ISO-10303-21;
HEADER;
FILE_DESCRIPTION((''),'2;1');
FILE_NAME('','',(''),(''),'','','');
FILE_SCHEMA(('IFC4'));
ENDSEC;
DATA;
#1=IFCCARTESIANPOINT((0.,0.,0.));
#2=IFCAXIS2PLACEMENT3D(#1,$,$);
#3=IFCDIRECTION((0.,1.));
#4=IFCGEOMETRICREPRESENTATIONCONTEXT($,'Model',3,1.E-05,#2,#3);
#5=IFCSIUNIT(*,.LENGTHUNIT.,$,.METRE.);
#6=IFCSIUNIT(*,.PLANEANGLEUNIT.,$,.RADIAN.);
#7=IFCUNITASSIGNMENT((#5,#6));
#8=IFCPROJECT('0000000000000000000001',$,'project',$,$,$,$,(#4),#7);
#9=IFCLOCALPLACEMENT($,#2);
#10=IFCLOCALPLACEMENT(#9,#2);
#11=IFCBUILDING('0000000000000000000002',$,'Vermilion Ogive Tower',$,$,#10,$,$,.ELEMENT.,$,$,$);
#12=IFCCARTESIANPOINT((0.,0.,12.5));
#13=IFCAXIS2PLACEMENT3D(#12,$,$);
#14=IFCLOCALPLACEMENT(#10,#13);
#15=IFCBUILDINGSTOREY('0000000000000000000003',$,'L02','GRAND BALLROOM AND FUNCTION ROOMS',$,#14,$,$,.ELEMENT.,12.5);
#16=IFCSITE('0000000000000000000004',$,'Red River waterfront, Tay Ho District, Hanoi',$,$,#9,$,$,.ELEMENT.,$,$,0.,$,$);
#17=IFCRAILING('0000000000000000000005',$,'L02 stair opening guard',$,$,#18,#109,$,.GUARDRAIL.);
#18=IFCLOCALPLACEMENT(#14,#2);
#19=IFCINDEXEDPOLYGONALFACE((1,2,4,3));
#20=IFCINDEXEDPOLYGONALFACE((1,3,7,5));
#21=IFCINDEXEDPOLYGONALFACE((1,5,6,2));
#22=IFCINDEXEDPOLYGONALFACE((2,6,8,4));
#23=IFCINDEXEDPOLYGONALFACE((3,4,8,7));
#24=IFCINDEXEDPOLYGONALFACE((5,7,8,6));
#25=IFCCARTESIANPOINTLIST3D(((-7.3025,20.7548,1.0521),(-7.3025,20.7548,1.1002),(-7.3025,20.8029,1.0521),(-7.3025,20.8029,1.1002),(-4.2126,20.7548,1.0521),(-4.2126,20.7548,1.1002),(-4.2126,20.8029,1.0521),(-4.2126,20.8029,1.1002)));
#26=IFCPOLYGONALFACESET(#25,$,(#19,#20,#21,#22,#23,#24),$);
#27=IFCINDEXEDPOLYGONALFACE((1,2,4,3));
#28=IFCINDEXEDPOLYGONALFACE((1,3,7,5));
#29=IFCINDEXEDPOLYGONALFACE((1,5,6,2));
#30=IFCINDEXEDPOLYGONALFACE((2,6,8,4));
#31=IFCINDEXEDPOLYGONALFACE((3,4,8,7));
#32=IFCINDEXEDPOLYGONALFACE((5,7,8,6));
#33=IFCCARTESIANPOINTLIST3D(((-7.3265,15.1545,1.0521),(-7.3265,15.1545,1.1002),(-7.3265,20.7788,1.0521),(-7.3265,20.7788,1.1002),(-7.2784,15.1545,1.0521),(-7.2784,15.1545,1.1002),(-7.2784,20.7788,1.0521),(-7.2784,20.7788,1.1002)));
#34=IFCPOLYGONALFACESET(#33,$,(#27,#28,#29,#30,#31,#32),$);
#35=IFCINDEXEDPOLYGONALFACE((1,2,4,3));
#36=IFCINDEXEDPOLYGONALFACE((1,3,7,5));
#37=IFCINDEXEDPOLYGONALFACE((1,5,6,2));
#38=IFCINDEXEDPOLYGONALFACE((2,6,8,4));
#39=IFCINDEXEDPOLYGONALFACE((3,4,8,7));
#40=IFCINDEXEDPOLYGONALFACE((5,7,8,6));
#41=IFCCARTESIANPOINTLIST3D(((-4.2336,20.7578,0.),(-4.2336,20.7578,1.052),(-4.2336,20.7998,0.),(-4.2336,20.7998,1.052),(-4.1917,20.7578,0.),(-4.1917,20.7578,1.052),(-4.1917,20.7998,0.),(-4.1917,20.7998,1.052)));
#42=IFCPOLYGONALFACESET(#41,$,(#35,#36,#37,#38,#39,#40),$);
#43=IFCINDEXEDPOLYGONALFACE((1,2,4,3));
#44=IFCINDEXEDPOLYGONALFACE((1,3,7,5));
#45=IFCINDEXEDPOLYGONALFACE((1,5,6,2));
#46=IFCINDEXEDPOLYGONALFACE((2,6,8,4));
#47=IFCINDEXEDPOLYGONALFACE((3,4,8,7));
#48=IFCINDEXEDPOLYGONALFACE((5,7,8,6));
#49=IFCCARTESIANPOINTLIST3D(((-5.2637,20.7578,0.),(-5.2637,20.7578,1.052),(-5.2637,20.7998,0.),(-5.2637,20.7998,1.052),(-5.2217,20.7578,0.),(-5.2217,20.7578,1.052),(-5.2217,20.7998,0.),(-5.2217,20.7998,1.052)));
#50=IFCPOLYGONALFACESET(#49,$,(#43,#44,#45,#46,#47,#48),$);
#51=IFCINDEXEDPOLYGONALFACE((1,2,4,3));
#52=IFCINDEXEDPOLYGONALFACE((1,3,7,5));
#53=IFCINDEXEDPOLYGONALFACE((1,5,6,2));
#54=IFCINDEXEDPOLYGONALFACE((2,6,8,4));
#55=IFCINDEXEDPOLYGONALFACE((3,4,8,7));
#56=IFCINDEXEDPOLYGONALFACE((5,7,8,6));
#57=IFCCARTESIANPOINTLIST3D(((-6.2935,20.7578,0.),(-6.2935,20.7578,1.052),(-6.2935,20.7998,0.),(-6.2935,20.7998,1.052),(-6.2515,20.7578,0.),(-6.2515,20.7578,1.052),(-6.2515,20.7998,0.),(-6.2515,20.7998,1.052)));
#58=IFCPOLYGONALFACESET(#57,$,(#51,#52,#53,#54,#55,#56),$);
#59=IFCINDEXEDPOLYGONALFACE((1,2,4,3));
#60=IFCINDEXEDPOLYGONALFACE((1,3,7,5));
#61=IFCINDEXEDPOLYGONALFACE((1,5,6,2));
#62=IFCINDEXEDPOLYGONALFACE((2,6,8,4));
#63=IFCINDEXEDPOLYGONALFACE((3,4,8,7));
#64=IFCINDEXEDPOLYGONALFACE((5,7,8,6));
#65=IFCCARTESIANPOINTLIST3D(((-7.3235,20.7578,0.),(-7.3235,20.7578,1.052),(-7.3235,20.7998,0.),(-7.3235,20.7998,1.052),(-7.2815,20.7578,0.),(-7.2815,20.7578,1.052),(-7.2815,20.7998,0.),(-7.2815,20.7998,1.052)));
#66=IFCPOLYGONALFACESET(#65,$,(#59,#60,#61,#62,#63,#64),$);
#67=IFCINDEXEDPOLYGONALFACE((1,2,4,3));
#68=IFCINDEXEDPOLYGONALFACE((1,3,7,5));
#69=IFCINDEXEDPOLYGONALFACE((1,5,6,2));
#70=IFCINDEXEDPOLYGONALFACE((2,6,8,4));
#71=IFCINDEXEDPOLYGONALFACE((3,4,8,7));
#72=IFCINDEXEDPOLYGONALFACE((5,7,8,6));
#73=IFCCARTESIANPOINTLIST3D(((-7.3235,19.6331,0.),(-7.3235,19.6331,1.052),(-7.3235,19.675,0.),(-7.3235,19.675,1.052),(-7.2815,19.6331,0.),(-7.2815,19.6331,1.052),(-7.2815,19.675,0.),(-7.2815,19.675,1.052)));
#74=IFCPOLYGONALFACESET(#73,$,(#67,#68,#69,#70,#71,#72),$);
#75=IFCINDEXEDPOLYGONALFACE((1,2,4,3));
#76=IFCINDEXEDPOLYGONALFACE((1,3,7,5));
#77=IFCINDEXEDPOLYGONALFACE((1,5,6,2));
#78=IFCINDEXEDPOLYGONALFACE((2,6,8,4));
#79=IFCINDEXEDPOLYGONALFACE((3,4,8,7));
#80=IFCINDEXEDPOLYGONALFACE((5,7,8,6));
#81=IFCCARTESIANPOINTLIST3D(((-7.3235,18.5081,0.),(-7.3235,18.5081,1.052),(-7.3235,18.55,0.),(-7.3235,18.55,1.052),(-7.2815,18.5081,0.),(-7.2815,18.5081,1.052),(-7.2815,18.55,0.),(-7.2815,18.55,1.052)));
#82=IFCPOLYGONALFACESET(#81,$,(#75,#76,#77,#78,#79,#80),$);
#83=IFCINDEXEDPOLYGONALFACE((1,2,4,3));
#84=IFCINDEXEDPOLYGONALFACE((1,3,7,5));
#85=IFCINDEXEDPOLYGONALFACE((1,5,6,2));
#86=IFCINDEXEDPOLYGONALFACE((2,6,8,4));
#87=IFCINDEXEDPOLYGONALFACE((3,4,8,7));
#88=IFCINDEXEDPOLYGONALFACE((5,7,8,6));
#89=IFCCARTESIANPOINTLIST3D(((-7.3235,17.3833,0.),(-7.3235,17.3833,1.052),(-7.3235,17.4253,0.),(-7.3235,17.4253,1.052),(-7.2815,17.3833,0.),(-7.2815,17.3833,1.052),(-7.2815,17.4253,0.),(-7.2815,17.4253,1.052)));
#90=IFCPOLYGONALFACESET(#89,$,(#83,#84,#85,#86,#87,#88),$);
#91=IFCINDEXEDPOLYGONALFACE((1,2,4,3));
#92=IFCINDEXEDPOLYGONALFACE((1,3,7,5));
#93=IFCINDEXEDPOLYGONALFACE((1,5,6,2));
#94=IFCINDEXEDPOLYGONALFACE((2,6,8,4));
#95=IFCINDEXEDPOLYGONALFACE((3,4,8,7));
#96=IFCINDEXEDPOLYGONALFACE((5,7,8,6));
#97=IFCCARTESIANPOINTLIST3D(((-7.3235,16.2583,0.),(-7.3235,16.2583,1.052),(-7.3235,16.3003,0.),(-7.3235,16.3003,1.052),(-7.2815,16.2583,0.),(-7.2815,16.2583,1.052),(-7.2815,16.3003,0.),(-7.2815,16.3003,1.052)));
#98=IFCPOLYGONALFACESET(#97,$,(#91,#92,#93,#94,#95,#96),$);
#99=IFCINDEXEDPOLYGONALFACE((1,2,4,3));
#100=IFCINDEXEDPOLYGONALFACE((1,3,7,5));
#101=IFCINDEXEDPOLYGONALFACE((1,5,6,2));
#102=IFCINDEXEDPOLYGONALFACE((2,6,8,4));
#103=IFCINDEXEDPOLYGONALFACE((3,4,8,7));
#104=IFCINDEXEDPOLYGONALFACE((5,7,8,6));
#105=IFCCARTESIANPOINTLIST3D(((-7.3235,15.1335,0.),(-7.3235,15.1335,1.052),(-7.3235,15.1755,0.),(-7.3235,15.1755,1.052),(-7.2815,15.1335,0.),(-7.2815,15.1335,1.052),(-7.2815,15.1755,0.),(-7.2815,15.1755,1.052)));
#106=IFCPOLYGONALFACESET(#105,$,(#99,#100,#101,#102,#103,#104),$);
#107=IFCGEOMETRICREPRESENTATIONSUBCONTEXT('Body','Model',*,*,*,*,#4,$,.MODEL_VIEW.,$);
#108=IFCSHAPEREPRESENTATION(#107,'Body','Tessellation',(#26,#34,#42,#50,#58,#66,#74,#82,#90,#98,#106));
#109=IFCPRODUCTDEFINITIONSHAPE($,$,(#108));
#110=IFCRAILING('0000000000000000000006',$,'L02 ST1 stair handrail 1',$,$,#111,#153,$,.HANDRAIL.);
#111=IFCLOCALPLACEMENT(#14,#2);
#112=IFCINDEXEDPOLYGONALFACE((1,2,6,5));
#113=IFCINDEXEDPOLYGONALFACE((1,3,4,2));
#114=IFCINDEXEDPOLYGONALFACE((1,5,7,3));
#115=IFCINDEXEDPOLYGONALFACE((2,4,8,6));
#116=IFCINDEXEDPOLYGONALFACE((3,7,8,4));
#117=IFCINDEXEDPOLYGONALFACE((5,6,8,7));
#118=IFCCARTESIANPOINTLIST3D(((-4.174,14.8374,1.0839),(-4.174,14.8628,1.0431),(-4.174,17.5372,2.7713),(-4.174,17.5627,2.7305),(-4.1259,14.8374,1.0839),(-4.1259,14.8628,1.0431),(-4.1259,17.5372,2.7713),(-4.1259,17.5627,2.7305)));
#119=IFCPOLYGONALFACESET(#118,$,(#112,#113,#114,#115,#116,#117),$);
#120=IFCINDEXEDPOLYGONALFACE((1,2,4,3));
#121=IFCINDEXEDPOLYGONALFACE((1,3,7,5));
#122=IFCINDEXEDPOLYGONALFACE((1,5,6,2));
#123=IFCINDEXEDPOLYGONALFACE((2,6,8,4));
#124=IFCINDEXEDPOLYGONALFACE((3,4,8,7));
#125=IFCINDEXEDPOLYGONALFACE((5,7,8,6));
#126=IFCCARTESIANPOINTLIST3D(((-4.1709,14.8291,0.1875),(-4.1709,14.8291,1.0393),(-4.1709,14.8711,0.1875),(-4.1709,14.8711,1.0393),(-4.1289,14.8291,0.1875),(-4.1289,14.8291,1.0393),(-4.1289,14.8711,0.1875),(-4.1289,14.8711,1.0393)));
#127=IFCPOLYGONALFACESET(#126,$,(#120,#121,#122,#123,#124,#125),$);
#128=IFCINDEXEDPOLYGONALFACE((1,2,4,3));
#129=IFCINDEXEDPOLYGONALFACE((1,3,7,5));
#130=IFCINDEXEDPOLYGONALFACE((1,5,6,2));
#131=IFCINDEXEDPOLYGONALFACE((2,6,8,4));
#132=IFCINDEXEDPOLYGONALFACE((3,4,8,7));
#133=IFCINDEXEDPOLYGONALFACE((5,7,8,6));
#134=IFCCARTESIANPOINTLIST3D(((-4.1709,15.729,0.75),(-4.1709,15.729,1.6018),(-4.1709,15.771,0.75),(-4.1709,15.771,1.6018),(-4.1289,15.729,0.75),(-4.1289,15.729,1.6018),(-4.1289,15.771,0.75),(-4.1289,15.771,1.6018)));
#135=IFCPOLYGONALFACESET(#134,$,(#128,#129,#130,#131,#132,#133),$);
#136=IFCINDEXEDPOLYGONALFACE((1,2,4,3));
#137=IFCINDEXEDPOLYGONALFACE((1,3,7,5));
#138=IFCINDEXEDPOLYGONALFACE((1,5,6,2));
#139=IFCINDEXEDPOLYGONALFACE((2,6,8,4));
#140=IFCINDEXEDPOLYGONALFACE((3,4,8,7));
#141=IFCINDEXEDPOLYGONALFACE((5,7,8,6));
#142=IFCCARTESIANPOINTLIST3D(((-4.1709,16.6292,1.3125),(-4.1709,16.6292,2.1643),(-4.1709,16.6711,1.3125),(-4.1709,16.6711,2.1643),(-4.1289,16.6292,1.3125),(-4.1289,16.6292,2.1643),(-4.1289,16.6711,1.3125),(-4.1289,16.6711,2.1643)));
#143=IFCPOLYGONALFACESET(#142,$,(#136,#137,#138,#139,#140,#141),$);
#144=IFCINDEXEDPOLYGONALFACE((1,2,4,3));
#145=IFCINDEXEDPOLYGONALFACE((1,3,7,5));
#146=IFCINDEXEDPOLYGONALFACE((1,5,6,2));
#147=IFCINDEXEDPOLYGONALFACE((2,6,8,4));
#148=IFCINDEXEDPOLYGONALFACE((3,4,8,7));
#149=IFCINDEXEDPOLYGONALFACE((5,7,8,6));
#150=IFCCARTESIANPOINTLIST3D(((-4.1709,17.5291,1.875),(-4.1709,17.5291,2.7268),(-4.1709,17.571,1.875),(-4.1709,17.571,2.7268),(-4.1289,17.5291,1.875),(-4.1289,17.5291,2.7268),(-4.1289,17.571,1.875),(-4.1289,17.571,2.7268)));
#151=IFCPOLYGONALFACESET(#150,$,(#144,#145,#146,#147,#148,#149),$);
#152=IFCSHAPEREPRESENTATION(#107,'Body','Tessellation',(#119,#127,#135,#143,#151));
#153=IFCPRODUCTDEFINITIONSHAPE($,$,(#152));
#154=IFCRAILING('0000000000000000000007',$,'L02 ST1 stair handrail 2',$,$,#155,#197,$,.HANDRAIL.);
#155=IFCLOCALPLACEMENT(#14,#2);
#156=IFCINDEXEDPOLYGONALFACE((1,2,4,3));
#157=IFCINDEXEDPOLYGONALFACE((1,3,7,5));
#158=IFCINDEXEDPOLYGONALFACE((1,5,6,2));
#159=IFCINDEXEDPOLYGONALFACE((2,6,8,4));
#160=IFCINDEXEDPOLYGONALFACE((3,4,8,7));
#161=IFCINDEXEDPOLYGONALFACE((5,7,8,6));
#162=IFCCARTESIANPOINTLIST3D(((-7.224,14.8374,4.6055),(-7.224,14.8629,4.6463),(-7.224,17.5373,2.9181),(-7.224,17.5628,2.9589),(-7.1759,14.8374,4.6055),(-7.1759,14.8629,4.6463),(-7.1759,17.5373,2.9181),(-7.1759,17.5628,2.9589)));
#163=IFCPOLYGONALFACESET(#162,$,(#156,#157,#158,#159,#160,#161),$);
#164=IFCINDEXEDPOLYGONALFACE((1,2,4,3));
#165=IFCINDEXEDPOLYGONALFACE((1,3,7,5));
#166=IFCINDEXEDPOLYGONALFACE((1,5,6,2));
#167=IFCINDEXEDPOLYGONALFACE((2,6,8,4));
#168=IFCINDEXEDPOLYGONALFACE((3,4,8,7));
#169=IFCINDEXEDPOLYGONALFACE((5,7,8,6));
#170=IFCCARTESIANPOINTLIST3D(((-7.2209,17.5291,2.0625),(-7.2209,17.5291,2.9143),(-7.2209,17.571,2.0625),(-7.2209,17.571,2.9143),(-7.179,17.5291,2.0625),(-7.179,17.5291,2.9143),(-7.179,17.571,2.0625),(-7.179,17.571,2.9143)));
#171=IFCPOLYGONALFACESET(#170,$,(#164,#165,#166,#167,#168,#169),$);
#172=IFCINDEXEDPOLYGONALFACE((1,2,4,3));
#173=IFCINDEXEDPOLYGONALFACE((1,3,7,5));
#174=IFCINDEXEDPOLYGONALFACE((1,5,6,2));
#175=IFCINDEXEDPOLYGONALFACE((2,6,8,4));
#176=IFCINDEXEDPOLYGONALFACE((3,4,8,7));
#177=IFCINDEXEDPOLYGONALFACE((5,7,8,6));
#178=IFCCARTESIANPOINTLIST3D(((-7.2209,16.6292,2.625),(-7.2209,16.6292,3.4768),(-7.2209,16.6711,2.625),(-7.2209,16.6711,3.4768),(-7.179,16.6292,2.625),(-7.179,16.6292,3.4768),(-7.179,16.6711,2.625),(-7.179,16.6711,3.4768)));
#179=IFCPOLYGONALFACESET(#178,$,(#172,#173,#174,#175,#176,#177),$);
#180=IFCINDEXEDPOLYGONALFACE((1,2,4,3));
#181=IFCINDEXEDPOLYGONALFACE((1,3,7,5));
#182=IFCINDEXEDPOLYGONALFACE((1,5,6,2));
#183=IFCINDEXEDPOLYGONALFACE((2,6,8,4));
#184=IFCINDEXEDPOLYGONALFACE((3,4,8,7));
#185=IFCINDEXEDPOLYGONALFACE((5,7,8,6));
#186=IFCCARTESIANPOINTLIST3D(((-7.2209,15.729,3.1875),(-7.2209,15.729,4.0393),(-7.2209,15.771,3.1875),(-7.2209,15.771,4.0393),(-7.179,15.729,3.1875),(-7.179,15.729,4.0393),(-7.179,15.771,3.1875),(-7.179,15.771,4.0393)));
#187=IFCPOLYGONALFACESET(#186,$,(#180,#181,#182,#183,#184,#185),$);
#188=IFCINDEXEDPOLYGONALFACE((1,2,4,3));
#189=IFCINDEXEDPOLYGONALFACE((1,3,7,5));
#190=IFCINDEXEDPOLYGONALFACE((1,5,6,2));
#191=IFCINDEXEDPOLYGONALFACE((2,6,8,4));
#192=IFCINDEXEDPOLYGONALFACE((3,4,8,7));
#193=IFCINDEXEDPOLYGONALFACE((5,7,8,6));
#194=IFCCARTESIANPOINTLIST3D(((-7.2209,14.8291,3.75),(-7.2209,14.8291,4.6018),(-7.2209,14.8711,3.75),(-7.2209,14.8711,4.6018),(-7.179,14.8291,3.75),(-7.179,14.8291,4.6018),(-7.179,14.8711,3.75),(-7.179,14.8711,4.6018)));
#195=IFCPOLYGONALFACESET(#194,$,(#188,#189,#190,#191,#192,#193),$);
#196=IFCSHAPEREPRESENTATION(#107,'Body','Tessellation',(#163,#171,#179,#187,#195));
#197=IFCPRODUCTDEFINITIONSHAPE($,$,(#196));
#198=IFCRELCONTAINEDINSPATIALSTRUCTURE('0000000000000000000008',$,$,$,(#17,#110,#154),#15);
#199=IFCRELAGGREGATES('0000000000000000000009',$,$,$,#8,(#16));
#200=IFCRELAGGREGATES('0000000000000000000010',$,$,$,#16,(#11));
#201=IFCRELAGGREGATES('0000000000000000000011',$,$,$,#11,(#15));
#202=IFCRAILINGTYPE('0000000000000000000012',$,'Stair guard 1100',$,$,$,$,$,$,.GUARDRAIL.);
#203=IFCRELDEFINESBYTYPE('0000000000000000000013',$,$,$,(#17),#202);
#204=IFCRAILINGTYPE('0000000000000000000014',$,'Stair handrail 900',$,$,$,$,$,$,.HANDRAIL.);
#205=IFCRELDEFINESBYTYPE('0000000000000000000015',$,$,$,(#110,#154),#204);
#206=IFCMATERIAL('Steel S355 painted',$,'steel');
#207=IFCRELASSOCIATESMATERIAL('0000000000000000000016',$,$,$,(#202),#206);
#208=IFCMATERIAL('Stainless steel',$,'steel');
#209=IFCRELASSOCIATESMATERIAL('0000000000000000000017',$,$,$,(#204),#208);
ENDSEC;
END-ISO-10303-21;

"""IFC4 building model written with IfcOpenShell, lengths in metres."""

from ifc_helpers import new_model, si_unit, direction, frame, origin, origin_2d, place, context, subcontext, project, spatial, rectangle, extrude, material, type_object, element, save


model = new_model("IFC4")

# Units and contexts
model_context = context("Model", 3, precision=1e-05, world=origin(), true_north=direction((0.0, 1.0)))
body_context = subcontext(model_context, "Body", "Model", "MODEL_VIEW")
ifc_project = project(units=[si_unit("LENGTHUNIT", "METRE"), si_unit("PLANEANGLEUNIT", "RADIAN")], contexts=[model_context])

# Site, building, storey
site_placement = place(None, origin())
site = spatial("IfcSite", under=ifc_project, at=site_placement, Name="Red River waterfront, Tay Ho District, Hanoi", CompositionType="ELEMENT", RefElevation=0.0)
building_placement = place(site_placement, origin())
building = spatial("IfcBuilding", under=site, at=building_placement, Name="Vermilion Ogive Tower", CompositionType="ELEMENT")
storey_placement = place(building_placement, frame((0.0, 0.0, 12.5)))
storey = spatial("IfcBuildingStorey", under=building, at=storey_placement, Name="L02", Description="GRAND BALLROOM AND FUNCTION ROOMS", CompositionType="ELEMENT", Elevation=12.5)

# Railings
ifc_material_1 = material(Name="Steel S355 painted", Category="steel")
railing_type_1 = type_object("IfcRailingType", Name="Stair guard 1100", PredefinedType="GUARDRAIL", material=ifc_material_1)
railing_1_placement = place(storey_placement, frame((-4.2126, 20.7788, 0.0)))
element("IfcRailing", 1, at=railing_1_placement, inside=storey, type_object=railing_type_1, Name="L02 stair opening guard", PredefinedType="GUARDRAIL", context=body_context, shape_type="SweptSolid", body=[
    extrude(rectangle(XDim=0.0481, YDim=0.0481, at=origin_2d()), frame((0.0, 0.0, 1.0762), z_axis=(-1.0, 0.0, 0.0), x_axis=(0.0, -1.0, 0.0)), (0.0, 0.0, 1.0), 3.0898),
    extrude(rectangle(XDim=0.0481, YDim=0.0481, at=origin_2d()), frame((-3.0898, 0.0, 1.0762), z_axis=(0.0, -1.0, 0.0), x_axis=(1.0, 0.0, 0.0)), (0.0, 0.0, 1.0), 5.6243),
    extrude(rectangle(XDim=0.042, YDim=0.042, at=origin_2d()), origin(), (0.0, 0.0, 1.0), 1.052),
    extrude(rectangle(XDim=0.042, YDim=0.042, at=origin_2d()), frame((-1.03, 0.0, 0.0)), (0.0, 0.0, 1.0), 1.052),
    extrude(rectangle(XDim=0.042, YDim=0.042, at=origin_2d()), frame((-2.0598, 0.0, 0.0)), (0.0, 0.0, 1.0), 1.052),
    extrude(rectangle(XDim=0.042, YDim=0.042, at=origin_2d()), frame((-3.0898, 0.0, 0.0)), (0.0, 0.0, 1.0), 1.052),
    extrude(rectangle(XDim=0.042, YDim=0.042, at=origin_2d()), frame((-3.0898, -1.1248, 0.0)), (0.0, 0.0, 1.0), 1.052),
    extrude(rectangle(XDim=0.042, YDim=0.042, at=origin_2d()), frame((-3.0898, -2.2498, 0.0)), (0.0, 0.0, 1.0), 1.052),
    extrude(rectangle(XDim=0.042, YDim=0.042, at=origin_2d()), frame((-3.0898, -3.3745, 0.0)), (0.0, 0.0, 1.0), 1.052),
    extrude(rectangle(XDim=0.042, YDim=0.042, at=origin_2d()), frame((-3.0898, -4.4995, 0.0)), (0.0, 0.0, 1.0), 1.052),
    extrude(rectangle(XDim=0.042, YDim=0.042, at=origin_2d()), frame((-3.0898, -5.6243, 0.0)), (0.0, 0.0, 1.0), 1.052),
])
ifc_material_2 = material(Name="Stainless steel", Category="steel")
railing_type_2 = type_object("IfcRailingType", Name="Stair handrail 900", PredefinedType="HANDRAIL", material=ifc_material_2)
railing_2_placement = place(storey_placement, frame((-4.1499, 14.8501, 0.1875)))
element("IfcRailing", 2, at=railing_2_placement, inside=storey, type_object=railing_type_2, Name="L02 ST1 stair handrail 1", PredefinedType="HANDRAIL", context=body_context, shape_type="SweptSolid", body=[
    extrude(rectangle(XDim=0.0481, YDim=0.0481, at=origin_2d()), frame((0.0, 0.0, 0.876), z_axis=(0.0, 0.847994, 0.530006), x_axis=(-1.0, 0.0, 0.0)), (0.0, 0.0, 1.0), 3.1838),
    extrude(rectangle(XDim=0.042, YDim=0.042, at=origin_2d()), origin(), (0.0, 0.0, 1.0), 0.8518),
    extrude(rectangle(XDim=0.042, YDim=0.042, at=origin_2d()), frame((0.0, 0.8999, 0.5625)), (0.0, 0.0, 1.0), 0.8518),
    extrude(rectangle(XDim=0.042, YDim=0.042, at=origin_2d()), frame((0.0, 1.8, 1.125)), (0.0, 0.0, 1.0), 0.8518),
    extrude(rectangle(XDim=0.042, YDim=0.042, at=origin_2d()), frame((0.0, 2.7, 1.6875)), (0.0, 0.0, 1.0), 0.8518),
])
railing_3_placement = place(storey_placement, frame((-7.2, 17.55, 2.0625)))
element("IfcRailing", 3, at=railing_3_placement, inside=storey, type_object=railing_type_2, Name="L02 ST1 stair handrail 2", PredefinedType="HANDRAIL", context=body_context, shape_type="SweptSolid", body=[
    extrude(rectangle(XDim=0.0481, YDim=0.0481, at=origin_2d()), frame((0.0, 0.0, 0.876), z_axis=(0.0, -0.847994, 0.530006), x_axis=(1.0, 0.0, 0.0)), (0.0, 0.0, 1.0), 3.1838),
    extrude(rectangle(XDim=0.042, YDim=0.042, at=origin_2d()), origin(), (0.0, 0.0, 1.0), 0.8518),
    extrude(rectangle(XDim=0.042, YDim=0.042, at=origin_2d()), frame((0.0, -0.8999, 0.5625)), (0.0, 0.0, 1.0), 0.8518),
    extrude(rectangle(XDim=0.042, YDim=0.042, at=origin_2d()), frame((0.0, -1.8, 1.125)), (0.0, 0.0, 1.0), 0.8518),
    extrude(rectangle(XDim=0.042, YDim=0.042, at=origin_2d()), frame((0.0, -2.7, 1.6875)), (0.0, 0.0, 1.0), 0.8518),
])

save(model, "model.ifc")
